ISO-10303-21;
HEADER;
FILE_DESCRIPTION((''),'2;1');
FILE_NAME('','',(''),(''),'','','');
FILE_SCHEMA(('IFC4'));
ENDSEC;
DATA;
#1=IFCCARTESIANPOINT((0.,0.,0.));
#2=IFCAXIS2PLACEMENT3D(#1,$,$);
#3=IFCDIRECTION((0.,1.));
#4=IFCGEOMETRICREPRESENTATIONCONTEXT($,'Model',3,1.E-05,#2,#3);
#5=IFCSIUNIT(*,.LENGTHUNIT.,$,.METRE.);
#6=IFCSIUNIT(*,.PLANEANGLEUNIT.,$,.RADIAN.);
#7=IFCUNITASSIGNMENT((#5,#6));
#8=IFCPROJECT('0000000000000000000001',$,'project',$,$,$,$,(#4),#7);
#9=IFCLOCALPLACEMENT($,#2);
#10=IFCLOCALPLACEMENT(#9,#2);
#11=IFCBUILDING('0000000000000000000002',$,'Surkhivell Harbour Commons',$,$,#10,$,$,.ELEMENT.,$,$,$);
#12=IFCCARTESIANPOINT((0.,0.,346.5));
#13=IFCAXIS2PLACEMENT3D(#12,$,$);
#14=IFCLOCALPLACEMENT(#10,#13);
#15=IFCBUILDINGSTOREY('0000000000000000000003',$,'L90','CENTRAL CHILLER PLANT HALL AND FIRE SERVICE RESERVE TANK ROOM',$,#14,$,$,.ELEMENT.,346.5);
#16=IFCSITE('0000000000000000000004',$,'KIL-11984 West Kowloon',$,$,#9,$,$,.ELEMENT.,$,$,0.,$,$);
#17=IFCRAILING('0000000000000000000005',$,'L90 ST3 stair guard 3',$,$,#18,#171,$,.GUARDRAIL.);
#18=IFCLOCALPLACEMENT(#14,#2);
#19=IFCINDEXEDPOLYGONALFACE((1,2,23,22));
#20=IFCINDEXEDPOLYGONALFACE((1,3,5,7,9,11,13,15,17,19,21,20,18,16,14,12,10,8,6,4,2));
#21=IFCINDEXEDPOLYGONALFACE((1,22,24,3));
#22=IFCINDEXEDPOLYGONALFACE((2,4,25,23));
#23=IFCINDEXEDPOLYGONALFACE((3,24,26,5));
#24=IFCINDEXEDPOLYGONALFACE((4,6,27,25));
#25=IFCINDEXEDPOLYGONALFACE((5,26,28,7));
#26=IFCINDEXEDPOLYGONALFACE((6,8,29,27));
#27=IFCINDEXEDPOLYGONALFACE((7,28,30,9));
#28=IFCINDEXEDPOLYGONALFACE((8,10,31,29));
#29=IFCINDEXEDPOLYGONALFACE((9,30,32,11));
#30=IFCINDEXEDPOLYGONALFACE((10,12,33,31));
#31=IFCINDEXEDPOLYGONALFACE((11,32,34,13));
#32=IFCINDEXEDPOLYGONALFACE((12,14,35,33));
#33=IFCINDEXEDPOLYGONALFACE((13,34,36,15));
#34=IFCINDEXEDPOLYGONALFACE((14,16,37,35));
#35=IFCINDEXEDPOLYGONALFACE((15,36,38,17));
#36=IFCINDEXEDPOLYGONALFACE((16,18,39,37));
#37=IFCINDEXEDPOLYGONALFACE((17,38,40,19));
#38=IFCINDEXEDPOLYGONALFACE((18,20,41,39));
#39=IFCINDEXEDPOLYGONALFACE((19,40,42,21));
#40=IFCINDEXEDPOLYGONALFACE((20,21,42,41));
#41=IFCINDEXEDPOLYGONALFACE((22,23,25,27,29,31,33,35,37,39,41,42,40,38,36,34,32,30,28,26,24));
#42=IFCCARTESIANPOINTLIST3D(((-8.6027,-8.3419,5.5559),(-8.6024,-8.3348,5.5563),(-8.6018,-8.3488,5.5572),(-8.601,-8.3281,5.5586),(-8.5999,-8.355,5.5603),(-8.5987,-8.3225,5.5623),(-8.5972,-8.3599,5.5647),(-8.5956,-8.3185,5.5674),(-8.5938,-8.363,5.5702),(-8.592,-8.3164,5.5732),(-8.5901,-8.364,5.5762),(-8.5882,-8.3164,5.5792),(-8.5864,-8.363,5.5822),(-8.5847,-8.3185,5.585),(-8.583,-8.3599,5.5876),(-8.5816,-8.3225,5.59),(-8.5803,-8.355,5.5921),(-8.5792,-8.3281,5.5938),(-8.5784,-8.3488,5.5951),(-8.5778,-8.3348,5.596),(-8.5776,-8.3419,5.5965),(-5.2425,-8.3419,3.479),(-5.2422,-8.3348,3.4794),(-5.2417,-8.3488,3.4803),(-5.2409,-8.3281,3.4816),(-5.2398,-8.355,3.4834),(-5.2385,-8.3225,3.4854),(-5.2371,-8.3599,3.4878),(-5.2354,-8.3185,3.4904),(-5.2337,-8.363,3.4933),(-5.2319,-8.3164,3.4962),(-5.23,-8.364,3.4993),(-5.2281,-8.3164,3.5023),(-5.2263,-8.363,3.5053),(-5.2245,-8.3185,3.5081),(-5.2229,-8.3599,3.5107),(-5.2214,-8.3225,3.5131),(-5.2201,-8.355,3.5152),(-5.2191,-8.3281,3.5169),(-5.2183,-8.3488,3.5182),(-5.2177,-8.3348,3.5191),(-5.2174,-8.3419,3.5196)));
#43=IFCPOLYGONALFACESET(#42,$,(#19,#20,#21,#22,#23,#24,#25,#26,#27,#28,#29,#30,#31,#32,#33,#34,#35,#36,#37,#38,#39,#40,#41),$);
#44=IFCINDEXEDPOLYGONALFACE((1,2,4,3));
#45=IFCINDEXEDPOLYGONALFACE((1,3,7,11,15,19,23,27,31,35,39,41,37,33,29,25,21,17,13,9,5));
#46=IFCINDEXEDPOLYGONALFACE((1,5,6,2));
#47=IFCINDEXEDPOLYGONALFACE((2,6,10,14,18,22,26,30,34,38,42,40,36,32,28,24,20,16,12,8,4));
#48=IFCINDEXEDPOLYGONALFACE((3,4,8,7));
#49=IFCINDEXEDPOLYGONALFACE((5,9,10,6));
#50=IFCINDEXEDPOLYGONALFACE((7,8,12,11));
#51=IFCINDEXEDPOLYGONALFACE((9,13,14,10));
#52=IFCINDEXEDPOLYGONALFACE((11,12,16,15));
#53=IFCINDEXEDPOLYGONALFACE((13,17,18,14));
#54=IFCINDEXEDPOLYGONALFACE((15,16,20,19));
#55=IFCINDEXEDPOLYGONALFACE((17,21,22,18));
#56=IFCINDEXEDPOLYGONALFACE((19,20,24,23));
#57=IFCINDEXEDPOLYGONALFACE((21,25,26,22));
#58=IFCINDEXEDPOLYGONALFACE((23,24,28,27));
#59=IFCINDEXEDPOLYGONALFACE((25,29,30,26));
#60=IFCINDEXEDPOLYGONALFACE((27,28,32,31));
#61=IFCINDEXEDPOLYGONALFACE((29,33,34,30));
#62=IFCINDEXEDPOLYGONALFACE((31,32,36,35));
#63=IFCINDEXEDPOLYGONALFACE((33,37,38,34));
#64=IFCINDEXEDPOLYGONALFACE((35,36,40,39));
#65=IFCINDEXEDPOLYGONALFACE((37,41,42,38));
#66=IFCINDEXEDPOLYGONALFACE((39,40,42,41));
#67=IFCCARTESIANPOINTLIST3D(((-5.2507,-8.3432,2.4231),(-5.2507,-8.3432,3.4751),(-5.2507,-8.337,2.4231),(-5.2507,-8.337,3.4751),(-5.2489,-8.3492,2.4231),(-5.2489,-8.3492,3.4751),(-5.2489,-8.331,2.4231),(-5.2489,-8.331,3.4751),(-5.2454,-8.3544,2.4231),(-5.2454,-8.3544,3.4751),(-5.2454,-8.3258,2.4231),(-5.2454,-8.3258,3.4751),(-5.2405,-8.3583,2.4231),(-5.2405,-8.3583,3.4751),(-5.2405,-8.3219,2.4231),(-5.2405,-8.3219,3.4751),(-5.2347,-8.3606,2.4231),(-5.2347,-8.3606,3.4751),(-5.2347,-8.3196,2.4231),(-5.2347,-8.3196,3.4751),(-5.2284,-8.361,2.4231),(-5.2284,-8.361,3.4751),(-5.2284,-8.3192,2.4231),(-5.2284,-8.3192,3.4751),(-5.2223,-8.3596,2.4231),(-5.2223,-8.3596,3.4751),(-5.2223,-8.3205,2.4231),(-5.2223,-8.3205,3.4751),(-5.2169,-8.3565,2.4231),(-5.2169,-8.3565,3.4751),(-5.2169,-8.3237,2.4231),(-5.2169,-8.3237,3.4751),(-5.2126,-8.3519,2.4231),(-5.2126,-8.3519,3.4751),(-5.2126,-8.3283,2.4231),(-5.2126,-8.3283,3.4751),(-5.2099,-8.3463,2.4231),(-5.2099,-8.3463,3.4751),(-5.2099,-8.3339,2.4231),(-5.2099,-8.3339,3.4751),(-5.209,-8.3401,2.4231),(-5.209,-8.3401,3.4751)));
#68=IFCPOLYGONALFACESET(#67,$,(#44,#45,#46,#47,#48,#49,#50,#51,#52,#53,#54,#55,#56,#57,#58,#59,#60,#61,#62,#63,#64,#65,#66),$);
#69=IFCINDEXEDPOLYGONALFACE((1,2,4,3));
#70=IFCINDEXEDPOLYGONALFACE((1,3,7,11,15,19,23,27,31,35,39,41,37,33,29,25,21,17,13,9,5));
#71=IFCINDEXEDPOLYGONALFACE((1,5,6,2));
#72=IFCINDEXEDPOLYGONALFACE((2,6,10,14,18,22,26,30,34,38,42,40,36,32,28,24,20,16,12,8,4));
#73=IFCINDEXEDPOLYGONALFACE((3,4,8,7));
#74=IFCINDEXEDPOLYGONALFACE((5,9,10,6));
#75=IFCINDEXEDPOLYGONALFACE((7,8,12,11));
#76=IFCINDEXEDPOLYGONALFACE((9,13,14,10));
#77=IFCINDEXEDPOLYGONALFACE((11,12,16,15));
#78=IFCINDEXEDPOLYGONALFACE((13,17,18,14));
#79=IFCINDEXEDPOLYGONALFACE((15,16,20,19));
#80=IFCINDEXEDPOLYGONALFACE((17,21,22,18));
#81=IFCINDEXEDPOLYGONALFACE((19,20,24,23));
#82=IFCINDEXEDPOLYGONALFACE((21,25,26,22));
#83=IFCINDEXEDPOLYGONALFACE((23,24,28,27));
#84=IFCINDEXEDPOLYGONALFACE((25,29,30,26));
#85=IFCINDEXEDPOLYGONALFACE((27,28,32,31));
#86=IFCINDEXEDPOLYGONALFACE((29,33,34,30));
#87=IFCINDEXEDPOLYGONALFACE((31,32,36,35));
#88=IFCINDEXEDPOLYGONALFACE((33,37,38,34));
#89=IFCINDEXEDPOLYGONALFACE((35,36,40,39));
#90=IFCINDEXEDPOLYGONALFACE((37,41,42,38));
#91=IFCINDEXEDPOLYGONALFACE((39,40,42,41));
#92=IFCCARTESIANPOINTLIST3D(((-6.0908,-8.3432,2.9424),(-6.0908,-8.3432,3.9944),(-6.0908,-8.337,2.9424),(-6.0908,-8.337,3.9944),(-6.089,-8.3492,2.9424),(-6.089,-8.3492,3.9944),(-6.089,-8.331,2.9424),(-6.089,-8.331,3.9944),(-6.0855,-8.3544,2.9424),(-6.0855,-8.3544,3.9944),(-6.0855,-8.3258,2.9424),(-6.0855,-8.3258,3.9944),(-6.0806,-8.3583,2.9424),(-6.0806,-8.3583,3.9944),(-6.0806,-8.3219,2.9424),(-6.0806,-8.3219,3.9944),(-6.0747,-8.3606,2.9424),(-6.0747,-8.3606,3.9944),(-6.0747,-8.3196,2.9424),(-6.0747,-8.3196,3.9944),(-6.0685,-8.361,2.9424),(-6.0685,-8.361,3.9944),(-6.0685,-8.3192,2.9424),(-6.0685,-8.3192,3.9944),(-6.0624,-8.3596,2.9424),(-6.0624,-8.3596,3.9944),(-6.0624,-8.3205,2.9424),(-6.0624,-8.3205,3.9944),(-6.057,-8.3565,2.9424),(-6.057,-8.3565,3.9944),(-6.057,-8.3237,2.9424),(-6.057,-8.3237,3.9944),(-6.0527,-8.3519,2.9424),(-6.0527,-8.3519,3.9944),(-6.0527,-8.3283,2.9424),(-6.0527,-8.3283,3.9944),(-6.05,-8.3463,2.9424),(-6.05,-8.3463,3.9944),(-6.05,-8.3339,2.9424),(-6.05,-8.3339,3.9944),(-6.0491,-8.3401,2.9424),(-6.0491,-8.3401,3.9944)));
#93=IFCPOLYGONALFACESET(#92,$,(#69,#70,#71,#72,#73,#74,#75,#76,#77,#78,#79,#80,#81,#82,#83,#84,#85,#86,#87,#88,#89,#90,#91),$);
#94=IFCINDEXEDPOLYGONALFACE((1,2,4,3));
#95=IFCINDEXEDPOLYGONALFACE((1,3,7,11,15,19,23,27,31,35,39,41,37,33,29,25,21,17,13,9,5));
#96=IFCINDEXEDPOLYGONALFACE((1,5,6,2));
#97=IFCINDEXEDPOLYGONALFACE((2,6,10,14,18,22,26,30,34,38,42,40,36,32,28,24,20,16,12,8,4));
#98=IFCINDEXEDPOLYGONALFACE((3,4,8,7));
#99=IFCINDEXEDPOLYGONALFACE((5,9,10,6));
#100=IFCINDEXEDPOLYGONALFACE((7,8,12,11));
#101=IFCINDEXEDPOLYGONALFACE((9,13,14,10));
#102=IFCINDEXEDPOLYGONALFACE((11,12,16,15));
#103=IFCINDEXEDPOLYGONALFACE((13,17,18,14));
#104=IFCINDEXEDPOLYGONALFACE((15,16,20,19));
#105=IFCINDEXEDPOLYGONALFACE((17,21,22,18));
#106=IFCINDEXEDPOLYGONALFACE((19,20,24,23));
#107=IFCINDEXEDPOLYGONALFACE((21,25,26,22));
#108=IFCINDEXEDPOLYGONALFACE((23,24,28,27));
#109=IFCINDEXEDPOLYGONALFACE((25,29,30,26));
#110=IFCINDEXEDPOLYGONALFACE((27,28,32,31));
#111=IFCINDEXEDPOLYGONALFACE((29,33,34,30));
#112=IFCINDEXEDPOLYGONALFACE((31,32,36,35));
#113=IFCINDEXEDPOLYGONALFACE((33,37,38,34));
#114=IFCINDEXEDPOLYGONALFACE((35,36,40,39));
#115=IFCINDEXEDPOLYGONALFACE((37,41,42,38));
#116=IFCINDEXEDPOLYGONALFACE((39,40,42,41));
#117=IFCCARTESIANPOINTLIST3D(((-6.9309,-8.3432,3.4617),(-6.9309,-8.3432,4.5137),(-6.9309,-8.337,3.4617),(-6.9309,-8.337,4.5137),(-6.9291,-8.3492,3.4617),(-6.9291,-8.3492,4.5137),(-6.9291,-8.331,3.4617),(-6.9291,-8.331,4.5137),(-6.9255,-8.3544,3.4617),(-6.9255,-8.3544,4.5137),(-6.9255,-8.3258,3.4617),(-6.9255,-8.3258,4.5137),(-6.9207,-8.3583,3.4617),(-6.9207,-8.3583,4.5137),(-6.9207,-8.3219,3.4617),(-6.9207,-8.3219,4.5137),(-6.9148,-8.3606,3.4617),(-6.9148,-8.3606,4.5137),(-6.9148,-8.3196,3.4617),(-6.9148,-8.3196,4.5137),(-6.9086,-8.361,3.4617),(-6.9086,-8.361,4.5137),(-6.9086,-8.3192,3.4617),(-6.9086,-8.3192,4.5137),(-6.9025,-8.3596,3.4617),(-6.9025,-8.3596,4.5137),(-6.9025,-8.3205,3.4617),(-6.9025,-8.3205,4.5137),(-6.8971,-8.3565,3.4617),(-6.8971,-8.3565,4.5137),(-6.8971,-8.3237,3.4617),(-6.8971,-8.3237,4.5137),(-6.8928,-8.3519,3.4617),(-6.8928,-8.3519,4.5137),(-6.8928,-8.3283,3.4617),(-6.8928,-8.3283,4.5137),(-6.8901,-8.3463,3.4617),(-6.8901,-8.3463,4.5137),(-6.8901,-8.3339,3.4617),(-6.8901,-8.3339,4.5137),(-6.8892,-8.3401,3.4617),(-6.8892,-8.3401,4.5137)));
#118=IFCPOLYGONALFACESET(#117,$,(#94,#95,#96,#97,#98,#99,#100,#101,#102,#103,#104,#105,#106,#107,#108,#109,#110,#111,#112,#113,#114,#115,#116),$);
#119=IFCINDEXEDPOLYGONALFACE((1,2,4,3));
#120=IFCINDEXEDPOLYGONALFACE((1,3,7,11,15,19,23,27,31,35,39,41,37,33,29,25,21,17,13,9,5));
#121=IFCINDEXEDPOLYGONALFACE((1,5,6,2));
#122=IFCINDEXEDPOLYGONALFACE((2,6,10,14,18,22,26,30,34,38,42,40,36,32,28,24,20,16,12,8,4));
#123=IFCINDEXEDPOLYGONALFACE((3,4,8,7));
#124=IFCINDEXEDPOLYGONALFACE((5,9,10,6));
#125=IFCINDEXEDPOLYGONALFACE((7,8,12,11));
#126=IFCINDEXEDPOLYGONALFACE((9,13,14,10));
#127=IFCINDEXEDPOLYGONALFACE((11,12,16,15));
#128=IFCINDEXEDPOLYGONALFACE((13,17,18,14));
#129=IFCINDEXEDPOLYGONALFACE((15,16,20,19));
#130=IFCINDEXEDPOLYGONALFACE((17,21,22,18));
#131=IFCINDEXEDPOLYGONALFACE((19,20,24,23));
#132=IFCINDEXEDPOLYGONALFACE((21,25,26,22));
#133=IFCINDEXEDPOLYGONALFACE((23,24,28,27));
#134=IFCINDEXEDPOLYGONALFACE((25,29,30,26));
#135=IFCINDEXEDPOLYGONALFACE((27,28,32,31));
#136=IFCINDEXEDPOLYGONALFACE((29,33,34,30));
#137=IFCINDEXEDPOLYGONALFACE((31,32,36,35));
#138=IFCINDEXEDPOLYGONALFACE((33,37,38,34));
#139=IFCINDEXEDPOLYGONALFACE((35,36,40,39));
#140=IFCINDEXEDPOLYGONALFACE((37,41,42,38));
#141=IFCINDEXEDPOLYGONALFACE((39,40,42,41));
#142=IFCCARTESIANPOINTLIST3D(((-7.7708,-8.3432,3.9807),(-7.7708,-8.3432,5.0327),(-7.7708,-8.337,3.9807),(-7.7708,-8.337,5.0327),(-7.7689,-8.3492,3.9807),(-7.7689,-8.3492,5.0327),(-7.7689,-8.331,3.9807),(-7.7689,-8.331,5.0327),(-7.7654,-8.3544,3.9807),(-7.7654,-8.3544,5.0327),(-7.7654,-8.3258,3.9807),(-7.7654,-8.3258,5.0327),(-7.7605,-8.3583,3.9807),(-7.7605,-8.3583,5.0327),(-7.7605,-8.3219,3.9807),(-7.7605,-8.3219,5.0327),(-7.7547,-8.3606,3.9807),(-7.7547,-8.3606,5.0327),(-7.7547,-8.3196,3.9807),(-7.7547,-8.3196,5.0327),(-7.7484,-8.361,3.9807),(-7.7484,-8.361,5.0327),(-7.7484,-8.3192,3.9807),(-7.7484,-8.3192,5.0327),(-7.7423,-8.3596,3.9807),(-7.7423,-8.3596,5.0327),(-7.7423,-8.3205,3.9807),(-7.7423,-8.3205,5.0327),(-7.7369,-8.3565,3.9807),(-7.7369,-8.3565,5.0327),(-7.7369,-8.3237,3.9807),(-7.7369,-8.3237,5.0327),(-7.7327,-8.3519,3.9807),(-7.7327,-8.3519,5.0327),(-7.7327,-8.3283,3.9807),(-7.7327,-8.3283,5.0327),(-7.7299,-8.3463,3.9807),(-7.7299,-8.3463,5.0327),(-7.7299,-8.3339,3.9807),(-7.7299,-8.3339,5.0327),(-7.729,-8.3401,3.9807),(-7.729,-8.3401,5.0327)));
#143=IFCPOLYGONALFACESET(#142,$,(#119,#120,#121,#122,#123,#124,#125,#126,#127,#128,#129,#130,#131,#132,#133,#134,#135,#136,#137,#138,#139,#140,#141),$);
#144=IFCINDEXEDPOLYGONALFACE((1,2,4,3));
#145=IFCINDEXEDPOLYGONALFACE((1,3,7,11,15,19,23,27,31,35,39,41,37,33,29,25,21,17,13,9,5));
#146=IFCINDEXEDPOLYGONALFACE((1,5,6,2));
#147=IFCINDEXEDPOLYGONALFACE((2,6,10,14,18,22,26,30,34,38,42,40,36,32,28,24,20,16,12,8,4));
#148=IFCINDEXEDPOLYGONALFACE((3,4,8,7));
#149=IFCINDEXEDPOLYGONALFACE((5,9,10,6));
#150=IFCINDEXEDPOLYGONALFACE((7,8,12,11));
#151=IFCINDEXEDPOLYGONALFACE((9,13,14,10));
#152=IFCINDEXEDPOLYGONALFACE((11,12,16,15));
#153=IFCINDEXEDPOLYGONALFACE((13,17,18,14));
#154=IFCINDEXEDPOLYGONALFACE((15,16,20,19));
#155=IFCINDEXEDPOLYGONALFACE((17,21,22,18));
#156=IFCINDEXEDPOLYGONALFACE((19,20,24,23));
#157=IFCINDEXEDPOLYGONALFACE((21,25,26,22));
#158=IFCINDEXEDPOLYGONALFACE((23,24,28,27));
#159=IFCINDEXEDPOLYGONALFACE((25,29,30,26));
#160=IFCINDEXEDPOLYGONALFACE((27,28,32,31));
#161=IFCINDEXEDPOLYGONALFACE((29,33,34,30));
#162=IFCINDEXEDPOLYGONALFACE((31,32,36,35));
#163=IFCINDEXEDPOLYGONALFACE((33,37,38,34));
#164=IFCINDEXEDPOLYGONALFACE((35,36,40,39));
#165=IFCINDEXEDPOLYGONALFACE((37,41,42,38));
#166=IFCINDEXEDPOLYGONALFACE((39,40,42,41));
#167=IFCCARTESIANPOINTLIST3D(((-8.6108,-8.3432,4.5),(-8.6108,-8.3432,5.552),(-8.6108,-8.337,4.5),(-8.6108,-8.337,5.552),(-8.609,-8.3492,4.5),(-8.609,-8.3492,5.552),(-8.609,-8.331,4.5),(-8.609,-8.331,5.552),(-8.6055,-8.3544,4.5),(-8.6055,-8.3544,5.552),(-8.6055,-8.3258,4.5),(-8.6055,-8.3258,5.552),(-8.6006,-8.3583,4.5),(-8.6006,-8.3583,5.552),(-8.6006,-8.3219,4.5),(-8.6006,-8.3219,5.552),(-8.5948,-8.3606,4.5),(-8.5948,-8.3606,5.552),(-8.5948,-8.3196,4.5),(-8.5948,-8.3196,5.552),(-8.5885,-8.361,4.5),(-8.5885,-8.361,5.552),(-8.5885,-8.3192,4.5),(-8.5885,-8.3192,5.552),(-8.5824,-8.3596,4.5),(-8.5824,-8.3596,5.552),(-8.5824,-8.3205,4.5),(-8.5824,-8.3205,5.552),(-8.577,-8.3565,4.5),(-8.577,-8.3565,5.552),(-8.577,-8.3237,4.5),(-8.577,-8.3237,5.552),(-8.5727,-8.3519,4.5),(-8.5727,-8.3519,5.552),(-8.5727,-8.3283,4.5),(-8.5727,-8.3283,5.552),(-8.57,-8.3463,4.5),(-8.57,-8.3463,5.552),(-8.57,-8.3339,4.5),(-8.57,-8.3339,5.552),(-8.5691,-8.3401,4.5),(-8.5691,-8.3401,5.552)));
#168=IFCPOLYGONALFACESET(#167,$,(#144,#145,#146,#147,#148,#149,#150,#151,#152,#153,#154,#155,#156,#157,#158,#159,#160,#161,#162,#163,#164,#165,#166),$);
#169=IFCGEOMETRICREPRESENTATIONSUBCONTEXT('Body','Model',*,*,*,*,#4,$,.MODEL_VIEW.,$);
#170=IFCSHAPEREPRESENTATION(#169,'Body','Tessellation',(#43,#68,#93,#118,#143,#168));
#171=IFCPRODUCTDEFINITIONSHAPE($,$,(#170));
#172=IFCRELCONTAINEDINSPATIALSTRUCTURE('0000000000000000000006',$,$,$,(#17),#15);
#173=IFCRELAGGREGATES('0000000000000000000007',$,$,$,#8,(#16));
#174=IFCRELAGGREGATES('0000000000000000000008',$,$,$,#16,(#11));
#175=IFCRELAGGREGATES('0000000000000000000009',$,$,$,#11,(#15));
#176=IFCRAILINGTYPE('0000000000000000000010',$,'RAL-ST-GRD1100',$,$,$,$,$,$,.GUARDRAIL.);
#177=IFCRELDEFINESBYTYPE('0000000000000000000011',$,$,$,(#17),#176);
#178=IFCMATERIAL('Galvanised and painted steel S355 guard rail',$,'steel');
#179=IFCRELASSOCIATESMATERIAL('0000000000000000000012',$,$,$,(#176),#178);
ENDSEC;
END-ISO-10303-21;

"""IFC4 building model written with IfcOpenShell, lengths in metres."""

from ifc_helpers import new_model, si_unit, direction, frame, origin, origin_2d, place, context, subcontext, project, spatial, circle, extrude, material, type_object, element, save


model = new_model("IFC4")

# Units and contexts
model_context = context("Model", 3, precision=1e-05, world=origin(), true_north=direction((0.0, 1.0)))
body_context = subcontext(model_context, "Body", "Model", "MODEL_VIEW")
ifc_project = project(units=[si_unit("LENGTHUNIT", "METRE"), si_unit("PLANEANGLEUNIT", "RADIAN")], contexts=[model_context])

# Site, building, storey
site_placement = place(None, origin())
site = spatial("IfcSite", under=ifc_project, at=site_placement, Name="KIL-11984 West Kowloon", CompositionType="ELEMENT", RefElevation=0.0)
building_placement = place(site_placement, origin())
building = spatial("IfcBuilding", under=site, at=building_placement, Name="Surkhivell Harbour Commons", CompositionType="ELEMENT")
storey_placement = place(building_placement, frame((0.0, 0.0, 346.5)))
storey = spatial("IfcBuildingStorey", under=building, at=storey_placement, Name="L90", Description="CENTRAL CHILLER PLANT HALL AND FIRE SERVICE RESERVE TANK ROOM", CompositionType="ELEMENT", Elevation=346.5)

# Railing
ifc_material_1 = material(Name="Galvanised and painted steel S355 guard rail", Category="steel")
railing_type_1 = type_object("IfcRailingType", Name="RAL-ST-GRD1100", PredefinedType="GUARDRAIL", material=ifc_material_1)
railing_1_placement = place(storey_placement, frame((-5.23, -8.3401, 2.4231)))
element("IfcRailing", 1, at=railing_1_placement, inside=storey, type_object=railing_type_1, Name="L90 ST3 stair guard 3", PredefinedType="GUARDRAIL", context=body_context, shape_type="SweptSolid", body=[
    extrude(circle(Radius=0.0239, at=origin_2d()), frame((0.0, 0.0, 1.0762), z_axis=(-0.850623, 0.0, 0.525776), x_axis=(0.0, -1.0, 0.0)), (0.0, 0.0, 1.0), 3.9502),
    extrude(circle(Radius=0.021, at=origin_2d()), origin(), (0.0, 0.0, 1.0), 1.052),
    extrude(circle(Radius=0.021, at=origin_2d()), frame((-0.8401, 0.0, 0.5193)), (0.0, 0.0, 1.0), 1.052),
    extrude(circle(Radius=0.021, at=origin_2d()), frame((-1.6802, 0.0, 1.0386)), (0.0, 0.0, 1.0), 1.052),
    extrude(circle(Radius=0.021, at=origin_2d()), frame((-2.52, 0.0, 1.5576)), (0.0, 0.0, 1.0), 1.052),
    extrude(circle(Radius=0.021, at=origin_2d()), frame((-3.3601, 0.0, 2.0769)), (0.0, 0.0, 1.0), 1.052),
])

save(model, "model.ifc")
